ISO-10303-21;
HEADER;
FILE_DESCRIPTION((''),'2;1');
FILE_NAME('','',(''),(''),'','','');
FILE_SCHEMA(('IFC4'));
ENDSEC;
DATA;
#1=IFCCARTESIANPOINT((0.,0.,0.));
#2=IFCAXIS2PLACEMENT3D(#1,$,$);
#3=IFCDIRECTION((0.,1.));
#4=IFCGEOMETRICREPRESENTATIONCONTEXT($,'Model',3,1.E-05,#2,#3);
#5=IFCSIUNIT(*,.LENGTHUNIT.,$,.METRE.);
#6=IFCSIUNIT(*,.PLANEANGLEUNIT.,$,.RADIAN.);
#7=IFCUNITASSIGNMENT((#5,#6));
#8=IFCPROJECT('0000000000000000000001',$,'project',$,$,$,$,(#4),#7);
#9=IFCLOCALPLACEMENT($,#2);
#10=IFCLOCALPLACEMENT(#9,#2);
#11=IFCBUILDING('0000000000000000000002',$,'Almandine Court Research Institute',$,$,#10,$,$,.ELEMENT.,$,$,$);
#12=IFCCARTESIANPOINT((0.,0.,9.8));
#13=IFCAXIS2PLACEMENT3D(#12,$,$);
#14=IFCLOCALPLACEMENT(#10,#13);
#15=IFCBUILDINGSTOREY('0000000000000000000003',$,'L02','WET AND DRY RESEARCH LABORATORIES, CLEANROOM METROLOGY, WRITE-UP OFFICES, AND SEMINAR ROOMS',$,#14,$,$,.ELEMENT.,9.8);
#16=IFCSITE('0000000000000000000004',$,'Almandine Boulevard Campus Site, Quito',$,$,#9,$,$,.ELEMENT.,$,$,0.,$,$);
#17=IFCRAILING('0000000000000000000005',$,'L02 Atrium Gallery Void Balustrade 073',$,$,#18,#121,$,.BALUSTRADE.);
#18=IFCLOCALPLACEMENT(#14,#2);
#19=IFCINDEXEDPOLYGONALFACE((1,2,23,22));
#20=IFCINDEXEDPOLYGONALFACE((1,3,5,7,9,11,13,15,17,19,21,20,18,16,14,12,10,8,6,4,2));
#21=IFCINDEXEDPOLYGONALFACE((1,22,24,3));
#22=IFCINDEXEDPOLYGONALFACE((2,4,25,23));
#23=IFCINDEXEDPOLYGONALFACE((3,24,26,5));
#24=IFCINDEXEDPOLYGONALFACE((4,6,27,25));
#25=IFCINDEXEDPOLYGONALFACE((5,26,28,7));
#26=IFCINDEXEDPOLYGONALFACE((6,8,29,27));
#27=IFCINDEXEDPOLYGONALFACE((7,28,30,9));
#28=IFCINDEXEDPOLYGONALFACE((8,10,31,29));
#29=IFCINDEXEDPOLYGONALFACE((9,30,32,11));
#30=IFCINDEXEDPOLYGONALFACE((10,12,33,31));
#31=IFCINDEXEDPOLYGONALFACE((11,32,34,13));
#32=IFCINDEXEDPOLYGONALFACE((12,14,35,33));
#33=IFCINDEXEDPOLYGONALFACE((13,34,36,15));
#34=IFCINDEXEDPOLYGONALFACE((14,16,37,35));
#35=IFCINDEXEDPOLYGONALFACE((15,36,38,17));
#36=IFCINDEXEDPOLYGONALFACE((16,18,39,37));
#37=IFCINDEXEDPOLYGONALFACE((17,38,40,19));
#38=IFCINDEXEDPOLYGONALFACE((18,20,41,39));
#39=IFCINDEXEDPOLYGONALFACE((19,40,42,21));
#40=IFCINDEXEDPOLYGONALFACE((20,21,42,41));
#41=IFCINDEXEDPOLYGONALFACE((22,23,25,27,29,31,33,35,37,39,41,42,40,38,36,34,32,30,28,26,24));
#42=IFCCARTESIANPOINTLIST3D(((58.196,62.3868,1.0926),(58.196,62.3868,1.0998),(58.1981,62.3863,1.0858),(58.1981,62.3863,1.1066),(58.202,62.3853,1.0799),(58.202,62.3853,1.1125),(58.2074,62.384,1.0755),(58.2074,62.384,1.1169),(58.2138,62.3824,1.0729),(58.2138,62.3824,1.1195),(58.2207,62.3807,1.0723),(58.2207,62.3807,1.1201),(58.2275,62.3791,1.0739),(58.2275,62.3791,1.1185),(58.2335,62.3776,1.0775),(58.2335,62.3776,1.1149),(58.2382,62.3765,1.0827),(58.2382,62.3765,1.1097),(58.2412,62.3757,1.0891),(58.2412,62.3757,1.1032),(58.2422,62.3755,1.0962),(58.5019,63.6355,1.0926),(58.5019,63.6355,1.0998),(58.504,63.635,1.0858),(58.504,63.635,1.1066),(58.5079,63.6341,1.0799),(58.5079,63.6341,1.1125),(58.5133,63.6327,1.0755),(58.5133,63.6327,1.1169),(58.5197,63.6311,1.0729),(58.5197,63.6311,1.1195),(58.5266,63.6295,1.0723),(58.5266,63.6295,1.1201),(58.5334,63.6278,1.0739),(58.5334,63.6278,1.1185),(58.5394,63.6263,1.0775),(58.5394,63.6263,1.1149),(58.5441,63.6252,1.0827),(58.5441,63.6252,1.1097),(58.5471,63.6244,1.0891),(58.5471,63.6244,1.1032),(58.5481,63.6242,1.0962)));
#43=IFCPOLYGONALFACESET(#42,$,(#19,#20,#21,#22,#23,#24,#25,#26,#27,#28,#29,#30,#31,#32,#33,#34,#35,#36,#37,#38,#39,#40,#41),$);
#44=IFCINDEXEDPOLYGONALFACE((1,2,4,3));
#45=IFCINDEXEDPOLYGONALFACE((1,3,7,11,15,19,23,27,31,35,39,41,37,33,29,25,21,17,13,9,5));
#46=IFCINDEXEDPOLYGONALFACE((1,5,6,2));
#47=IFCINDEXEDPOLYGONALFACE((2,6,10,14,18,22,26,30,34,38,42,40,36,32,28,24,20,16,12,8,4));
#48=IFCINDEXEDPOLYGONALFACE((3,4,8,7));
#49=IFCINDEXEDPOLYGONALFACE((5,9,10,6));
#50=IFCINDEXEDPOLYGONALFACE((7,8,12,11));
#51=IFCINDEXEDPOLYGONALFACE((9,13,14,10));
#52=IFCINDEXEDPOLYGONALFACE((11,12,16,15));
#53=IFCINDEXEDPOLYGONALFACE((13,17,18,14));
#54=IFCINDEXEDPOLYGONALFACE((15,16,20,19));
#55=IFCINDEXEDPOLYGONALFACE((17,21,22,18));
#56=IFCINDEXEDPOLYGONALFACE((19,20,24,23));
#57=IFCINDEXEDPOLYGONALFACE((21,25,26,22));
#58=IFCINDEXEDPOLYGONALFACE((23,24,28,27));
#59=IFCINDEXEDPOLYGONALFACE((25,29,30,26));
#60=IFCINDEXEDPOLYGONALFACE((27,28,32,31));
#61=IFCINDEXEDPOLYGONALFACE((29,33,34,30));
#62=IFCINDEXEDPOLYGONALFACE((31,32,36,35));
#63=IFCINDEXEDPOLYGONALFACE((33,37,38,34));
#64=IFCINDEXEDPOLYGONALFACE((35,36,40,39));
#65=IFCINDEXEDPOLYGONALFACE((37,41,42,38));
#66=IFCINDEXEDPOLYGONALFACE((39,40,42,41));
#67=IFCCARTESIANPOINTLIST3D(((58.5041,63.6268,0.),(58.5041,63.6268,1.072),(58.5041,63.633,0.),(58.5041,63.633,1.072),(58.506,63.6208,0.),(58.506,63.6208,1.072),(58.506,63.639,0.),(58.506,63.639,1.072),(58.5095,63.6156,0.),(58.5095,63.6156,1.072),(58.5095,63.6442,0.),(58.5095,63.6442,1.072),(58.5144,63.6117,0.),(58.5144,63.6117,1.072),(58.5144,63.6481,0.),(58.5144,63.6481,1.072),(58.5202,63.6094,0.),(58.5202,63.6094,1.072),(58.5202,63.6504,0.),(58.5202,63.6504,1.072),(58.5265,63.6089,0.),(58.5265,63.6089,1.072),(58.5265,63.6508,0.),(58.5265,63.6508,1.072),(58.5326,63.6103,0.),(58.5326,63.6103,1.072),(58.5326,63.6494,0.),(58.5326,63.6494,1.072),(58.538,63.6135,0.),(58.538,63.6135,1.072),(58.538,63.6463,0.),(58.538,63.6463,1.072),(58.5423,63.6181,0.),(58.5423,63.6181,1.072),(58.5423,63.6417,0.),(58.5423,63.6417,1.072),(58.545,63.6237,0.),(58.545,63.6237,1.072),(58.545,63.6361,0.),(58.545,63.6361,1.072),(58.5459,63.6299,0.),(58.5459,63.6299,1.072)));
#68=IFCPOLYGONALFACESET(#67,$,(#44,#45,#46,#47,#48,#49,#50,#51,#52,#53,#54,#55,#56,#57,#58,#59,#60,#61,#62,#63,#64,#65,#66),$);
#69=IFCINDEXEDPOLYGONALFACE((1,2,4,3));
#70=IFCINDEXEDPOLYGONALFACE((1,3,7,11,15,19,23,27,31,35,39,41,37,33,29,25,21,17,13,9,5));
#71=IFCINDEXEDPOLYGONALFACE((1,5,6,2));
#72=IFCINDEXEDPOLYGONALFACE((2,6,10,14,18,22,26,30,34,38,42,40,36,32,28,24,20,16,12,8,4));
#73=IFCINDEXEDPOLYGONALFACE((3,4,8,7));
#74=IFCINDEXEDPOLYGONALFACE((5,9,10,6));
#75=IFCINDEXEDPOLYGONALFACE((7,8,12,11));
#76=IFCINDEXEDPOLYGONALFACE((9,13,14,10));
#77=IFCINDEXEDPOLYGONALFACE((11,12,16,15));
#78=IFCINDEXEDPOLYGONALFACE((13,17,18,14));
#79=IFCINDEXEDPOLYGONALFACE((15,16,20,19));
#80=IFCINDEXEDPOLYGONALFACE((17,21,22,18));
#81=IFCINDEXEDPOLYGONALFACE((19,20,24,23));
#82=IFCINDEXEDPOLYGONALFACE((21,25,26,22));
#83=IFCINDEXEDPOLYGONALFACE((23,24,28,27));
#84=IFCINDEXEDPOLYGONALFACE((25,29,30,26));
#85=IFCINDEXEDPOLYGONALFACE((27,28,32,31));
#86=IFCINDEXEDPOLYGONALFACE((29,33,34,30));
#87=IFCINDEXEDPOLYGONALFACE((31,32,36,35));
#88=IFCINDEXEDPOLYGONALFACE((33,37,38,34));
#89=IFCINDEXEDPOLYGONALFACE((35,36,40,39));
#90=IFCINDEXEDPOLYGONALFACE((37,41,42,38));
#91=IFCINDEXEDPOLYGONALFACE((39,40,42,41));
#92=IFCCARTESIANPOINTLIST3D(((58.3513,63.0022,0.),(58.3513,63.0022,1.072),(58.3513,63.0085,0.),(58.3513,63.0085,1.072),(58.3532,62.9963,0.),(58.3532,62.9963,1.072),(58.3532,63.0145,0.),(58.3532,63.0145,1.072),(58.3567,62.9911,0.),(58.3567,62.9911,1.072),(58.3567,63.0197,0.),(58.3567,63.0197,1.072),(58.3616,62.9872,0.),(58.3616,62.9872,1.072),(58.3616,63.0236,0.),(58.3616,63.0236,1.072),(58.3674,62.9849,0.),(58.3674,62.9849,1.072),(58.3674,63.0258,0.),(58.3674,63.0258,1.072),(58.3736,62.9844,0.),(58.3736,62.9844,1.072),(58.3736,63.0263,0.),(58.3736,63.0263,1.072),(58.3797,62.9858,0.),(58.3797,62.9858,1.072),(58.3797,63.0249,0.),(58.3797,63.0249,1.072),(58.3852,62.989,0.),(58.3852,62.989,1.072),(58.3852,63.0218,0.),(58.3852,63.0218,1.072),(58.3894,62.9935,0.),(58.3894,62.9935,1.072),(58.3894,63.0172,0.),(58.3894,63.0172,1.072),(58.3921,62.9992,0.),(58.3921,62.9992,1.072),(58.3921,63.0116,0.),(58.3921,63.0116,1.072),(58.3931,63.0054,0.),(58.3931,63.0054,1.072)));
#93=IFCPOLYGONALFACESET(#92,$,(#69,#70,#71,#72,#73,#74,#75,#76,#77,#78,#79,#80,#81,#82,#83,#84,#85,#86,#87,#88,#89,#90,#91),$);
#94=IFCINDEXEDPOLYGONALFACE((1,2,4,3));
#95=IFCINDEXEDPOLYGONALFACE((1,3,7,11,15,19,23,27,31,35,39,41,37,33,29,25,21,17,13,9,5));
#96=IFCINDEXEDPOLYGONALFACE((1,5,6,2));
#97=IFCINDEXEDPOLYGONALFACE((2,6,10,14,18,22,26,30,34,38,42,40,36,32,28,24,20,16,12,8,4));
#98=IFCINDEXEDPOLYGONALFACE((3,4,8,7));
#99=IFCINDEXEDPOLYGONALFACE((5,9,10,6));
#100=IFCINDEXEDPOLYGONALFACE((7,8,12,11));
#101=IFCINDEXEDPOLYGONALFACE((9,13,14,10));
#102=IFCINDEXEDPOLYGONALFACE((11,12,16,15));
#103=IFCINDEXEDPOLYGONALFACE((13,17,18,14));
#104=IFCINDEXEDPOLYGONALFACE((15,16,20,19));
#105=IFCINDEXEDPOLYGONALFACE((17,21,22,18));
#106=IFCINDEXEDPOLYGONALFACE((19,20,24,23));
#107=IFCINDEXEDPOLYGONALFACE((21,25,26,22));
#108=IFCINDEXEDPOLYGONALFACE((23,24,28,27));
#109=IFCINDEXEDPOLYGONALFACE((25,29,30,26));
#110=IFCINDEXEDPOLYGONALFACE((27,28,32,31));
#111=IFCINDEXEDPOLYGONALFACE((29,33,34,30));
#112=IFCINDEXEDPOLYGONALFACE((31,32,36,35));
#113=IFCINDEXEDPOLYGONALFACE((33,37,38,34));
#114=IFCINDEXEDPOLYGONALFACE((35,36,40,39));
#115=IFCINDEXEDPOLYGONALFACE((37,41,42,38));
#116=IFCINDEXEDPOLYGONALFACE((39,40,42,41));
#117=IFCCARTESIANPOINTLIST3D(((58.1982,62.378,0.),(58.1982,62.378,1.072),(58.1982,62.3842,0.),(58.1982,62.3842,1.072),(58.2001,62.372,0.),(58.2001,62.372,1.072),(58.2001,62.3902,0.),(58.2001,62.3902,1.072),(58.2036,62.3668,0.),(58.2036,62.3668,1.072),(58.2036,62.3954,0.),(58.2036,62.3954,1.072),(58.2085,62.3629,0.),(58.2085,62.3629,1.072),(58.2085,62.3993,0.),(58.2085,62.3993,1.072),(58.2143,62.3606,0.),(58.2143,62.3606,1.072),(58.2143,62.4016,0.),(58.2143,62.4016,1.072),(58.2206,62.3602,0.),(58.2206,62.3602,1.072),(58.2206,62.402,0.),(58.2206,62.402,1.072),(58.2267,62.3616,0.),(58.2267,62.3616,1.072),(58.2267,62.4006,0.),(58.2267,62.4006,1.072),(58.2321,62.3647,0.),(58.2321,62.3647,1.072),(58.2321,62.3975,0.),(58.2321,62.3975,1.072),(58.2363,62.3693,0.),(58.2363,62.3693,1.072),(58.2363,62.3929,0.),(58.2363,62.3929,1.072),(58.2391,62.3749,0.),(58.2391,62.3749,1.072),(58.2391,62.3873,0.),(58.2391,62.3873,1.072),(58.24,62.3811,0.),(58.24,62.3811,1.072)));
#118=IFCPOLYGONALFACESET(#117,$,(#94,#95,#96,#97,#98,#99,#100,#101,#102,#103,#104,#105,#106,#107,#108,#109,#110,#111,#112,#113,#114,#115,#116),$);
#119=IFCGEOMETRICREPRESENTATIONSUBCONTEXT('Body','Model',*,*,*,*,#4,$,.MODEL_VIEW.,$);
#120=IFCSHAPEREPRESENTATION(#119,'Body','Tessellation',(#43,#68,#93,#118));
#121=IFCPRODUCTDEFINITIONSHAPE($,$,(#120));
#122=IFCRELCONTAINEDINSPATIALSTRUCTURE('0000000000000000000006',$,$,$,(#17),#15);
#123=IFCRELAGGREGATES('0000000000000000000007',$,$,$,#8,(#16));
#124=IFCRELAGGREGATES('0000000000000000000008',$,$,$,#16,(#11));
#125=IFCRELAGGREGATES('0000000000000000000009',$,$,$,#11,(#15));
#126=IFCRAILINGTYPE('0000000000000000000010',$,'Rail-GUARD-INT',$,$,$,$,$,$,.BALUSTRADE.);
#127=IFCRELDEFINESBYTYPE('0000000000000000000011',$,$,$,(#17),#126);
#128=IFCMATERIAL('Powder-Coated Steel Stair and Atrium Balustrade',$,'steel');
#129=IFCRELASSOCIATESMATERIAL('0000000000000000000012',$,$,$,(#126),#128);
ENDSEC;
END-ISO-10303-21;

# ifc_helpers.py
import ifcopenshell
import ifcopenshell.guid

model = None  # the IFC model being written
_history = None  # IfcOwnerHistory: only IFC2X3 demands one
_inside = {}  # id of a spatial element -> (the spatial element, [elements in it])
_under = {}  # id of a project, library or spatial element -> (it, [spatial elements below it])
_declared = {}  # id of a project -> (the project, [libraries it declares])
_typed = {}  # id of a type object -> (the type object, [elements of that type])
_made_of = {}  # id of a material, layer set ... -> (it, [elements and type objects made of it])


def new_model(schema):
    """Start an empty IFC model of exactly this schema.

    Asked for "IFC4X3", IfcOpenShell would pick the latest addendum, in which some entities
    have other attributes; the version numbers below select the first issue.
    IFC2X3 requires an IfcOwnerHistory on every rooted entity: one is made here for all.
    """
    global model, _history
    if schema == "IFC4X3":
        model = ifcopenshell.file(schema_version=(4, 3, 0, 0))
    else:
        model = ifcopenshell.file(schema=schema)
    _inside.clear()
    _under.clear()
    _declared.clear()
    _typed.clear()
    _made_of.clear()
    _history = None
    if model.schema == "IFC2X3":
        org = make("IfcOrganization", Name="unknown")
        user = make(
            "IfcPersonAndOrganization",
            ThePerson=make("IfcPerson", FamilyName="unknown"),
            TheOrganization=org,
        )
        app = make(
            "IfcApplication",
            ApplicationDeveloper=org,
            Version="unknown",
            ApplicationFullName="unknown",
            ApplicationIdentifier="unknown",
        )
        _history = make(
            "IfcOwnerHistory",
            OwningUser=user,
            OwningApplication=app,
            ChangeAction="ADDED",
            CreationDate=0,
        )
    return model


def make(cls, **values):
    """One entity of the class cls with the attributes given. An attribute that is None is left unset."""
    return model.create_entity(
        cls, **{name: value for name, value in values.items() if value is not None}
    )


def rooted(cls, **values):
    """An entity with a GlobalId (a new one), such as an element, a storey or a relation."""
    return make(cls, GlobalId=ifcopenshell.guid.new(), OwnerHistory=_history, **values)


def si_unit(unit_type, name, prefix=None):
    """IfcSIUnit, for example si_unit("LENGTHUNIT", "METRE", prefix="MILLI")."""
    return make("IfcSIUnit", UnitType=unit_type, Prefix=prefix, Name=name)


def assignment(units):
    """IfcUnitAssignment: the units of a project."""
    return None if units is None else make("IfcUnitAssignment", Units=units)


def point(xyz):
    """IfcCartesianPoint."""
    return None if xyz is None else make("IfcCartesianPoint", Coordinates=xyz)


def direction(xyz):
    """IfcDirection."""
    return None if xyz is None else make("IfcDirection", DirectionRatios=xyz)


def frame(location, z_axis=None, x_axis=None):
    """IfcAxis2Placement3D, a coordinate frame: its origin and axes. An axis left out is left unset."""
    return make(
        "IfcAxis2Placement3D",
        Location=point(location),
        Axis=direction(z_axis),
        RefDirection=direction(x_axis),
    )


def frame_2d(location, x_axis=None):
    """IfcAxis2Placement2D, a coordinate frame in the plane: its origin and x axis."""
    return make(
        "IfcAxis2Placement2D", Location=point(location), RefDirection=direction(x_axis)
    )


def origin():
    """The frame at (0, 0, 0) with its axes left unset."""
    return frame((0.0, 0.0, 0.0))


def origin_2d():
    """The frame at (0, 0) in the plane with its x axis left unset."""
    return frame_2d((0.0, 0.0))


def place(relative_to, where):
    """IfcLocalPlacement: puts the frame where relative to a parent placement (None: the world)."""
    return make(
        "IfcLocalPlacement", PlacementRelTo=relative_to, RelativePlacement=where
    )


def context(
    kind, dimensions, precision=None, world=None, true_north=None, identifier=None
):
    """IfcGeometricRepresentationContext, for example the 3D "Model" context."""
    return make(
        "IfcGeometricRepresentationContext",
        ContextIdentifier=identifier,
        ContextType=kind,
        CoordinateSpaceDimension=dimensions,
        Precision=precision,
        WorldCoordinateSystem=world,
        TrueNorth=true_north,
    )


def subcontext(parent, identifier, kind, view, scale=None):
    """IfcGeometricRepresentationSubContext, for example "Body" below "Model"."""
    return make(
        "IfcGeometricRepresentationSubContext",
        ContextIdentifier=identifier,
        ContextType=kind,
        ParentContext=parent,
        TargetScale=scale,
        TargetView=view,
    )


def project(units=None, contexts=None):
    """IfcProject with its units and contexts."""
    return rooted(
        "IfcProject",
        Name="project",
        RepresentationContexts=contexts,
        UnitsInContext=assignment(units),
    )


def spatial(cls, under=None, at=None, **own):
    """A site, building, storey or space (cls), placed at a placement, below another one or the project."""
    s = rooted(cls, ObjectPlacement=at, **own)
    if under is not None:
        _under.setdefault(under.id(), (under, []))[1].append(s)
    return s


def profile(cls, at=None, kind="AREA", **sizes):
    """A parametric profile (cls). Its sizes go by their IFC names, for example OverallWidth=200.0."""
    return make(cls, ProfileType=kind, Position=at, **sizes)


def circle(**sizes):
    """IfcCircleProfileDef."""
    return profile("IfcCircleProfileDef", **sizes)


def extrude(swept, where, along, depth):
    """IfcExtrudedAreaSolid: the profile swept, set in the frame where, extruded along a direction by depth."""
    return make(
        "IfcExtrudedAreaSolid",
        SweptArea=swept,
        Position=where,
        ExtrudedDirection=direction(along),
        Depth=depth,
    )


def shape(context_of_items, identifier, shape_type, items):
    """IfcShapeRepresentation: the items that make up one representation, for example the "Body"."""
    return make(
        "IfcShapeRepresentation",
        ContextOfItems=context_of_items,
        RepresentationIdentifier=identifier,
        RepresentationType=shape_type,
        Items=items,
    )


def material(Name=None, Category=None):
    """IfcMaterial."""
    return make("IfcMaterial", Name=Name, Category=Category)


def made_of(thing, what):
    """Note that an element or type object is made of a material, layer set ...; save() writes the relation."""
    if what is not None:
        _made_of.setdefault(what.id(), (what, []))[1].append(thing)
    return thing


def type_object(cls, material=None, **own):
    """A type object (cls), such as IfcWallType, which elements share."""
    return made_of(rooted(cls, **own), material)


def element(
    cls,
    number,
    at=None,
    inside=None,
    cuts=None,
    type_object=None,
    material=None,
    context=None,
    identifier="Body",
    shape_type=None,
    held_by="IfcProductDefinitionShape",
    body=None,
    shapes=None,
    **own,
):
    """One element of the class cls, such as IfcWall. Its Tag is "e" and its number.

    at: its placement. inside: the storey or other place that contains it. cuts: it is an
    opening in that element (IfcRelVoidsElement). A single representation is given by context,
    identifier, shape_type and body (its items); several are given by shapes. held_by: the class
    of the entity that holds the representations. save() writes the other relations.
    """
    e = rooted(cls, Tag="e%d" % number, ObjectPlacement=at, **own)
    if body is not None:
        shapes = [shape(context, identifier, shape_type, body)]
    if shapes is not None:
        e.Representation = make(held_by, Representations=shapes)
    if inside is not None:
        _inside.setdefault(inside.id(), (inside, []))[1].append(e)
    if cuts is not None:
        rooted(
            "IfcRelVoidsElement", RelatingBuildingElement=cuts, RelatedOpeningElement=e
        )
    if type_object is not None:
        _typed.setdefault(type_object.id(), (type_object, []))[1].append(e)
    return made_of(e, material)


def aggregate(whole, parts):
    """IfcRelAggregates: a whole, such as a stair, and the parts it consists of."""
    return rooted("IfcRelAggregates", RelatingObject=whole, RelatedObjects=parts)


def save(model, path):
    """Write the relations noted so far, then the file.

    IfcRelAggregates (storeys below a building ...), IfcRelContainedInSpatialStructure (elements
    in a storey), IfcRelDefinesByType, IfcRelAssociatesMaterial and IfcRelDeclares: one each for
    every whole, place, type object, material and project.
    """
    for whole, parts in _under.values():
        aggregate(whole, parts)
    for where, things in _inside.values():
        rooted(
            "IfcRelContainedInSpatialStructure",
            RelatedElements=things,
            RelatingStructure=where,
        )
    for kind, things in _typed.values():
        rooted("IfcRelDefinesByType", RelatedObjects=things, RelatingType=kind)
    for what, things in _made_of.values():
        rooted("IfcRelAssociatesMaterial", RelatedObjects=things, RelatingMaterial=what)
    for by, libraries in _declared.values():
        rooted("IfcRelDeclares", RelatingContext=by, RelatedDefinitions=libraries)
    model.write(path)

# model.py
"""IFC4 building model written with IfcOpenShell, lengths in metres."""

from ifc_helpers import new_model, si_unit, direction, frame, origin, origin_2d, place, context, subcontext, project, spatial, circle, extrude, material, type_object, element, save


model = new_model("IFC4")

# Units and contexts
model_context = context("Model", 3, precision=1e-05, world=origin(), true_north=direction((0.0, 1.0)))
body_context = subcontext(model_context, "Body", "Model", "MODEL_VIEW")
ifc_project = project(units=[si_unit("LENGTHUNIT", "METRE"), si_unit("PLANEANGLEUNIT", "RADIAN")], contexts=[model_context])

# Site, building, storey
site_placement = place(None, origin())
site = spatial("IfcSite", under=ifc_project, at=site_placement, Name="Almandine Boulevard Campus Site, Quito", CompositionType="ELEMENT", RefElevation=0.0)
building_placement = place(site_placement, origin())
building = spatial("IfcBuilding", under=site, at=building_placement, Name="Almandine Court Research Institute", CompositionType="ELEMENT")
storey_placement = place(building_placement, frame((0.0, 0.0, 9.8)))
storey = spatial("IfcBuildingStorey", under=building, at=storey_placement, Name="L02", Description="WET AND DRY RESEARCH LABORATORIES, CLEANROOM METROLOGY, WRITE-UP OFFICES, AND SEMINAR ROOMS", CompositionType="ELEMENT", Elevation=9.8)

# Railing
ifc_material_1 = material(Name="Powder-Coated Steel Stair and Atrium Balustrade", Category="steel")
railing_type = type_object("IfcRailingType", Name="Rail-GUARD-INT", PredefinedType="BALUSTRADE", material=ifc_material_1)
railing_1_placement = place(storey_placement, frame((58.5249, 63.6299, 0.0)))
element("IfcRailing", 1, at=railing_1_placement, inside=storey, type_object=railing_type, Name="L02 Atrium Gallery Void Balustrade 073", PredefinedType="BALUSTRADE", context=body_context, shape_type="SweptSolid", body=[
    extrude(circle(Radius=0.0239, at=origin_2d()), frame((0.0, 0.0, 1.0962), z_axis=(-0.237931, -0.971282, 0.0), x_axis=(0.971282, -0.237931, 0.0)), (0.0, 0.0, 1.0), 1.2856),
    extrude(circle(Radius=0.021, at=origin_2d()), origin(), (0.0, 0.0, 1.0), 1.072),
    extrude(circle(Radius=0.021, at=origin_2d()), frame((-0.1528, -0.6245, 0.0)), (0.0, 0.0, 1.0), 1.072),
    extrude(circle(Radius=0.021, at=origin_2d()), frame((-0.3059, -1.2488, 0.0)), (0.0, 0.0, 1.0), 1.072),
])

save(model, "model.ifc")
